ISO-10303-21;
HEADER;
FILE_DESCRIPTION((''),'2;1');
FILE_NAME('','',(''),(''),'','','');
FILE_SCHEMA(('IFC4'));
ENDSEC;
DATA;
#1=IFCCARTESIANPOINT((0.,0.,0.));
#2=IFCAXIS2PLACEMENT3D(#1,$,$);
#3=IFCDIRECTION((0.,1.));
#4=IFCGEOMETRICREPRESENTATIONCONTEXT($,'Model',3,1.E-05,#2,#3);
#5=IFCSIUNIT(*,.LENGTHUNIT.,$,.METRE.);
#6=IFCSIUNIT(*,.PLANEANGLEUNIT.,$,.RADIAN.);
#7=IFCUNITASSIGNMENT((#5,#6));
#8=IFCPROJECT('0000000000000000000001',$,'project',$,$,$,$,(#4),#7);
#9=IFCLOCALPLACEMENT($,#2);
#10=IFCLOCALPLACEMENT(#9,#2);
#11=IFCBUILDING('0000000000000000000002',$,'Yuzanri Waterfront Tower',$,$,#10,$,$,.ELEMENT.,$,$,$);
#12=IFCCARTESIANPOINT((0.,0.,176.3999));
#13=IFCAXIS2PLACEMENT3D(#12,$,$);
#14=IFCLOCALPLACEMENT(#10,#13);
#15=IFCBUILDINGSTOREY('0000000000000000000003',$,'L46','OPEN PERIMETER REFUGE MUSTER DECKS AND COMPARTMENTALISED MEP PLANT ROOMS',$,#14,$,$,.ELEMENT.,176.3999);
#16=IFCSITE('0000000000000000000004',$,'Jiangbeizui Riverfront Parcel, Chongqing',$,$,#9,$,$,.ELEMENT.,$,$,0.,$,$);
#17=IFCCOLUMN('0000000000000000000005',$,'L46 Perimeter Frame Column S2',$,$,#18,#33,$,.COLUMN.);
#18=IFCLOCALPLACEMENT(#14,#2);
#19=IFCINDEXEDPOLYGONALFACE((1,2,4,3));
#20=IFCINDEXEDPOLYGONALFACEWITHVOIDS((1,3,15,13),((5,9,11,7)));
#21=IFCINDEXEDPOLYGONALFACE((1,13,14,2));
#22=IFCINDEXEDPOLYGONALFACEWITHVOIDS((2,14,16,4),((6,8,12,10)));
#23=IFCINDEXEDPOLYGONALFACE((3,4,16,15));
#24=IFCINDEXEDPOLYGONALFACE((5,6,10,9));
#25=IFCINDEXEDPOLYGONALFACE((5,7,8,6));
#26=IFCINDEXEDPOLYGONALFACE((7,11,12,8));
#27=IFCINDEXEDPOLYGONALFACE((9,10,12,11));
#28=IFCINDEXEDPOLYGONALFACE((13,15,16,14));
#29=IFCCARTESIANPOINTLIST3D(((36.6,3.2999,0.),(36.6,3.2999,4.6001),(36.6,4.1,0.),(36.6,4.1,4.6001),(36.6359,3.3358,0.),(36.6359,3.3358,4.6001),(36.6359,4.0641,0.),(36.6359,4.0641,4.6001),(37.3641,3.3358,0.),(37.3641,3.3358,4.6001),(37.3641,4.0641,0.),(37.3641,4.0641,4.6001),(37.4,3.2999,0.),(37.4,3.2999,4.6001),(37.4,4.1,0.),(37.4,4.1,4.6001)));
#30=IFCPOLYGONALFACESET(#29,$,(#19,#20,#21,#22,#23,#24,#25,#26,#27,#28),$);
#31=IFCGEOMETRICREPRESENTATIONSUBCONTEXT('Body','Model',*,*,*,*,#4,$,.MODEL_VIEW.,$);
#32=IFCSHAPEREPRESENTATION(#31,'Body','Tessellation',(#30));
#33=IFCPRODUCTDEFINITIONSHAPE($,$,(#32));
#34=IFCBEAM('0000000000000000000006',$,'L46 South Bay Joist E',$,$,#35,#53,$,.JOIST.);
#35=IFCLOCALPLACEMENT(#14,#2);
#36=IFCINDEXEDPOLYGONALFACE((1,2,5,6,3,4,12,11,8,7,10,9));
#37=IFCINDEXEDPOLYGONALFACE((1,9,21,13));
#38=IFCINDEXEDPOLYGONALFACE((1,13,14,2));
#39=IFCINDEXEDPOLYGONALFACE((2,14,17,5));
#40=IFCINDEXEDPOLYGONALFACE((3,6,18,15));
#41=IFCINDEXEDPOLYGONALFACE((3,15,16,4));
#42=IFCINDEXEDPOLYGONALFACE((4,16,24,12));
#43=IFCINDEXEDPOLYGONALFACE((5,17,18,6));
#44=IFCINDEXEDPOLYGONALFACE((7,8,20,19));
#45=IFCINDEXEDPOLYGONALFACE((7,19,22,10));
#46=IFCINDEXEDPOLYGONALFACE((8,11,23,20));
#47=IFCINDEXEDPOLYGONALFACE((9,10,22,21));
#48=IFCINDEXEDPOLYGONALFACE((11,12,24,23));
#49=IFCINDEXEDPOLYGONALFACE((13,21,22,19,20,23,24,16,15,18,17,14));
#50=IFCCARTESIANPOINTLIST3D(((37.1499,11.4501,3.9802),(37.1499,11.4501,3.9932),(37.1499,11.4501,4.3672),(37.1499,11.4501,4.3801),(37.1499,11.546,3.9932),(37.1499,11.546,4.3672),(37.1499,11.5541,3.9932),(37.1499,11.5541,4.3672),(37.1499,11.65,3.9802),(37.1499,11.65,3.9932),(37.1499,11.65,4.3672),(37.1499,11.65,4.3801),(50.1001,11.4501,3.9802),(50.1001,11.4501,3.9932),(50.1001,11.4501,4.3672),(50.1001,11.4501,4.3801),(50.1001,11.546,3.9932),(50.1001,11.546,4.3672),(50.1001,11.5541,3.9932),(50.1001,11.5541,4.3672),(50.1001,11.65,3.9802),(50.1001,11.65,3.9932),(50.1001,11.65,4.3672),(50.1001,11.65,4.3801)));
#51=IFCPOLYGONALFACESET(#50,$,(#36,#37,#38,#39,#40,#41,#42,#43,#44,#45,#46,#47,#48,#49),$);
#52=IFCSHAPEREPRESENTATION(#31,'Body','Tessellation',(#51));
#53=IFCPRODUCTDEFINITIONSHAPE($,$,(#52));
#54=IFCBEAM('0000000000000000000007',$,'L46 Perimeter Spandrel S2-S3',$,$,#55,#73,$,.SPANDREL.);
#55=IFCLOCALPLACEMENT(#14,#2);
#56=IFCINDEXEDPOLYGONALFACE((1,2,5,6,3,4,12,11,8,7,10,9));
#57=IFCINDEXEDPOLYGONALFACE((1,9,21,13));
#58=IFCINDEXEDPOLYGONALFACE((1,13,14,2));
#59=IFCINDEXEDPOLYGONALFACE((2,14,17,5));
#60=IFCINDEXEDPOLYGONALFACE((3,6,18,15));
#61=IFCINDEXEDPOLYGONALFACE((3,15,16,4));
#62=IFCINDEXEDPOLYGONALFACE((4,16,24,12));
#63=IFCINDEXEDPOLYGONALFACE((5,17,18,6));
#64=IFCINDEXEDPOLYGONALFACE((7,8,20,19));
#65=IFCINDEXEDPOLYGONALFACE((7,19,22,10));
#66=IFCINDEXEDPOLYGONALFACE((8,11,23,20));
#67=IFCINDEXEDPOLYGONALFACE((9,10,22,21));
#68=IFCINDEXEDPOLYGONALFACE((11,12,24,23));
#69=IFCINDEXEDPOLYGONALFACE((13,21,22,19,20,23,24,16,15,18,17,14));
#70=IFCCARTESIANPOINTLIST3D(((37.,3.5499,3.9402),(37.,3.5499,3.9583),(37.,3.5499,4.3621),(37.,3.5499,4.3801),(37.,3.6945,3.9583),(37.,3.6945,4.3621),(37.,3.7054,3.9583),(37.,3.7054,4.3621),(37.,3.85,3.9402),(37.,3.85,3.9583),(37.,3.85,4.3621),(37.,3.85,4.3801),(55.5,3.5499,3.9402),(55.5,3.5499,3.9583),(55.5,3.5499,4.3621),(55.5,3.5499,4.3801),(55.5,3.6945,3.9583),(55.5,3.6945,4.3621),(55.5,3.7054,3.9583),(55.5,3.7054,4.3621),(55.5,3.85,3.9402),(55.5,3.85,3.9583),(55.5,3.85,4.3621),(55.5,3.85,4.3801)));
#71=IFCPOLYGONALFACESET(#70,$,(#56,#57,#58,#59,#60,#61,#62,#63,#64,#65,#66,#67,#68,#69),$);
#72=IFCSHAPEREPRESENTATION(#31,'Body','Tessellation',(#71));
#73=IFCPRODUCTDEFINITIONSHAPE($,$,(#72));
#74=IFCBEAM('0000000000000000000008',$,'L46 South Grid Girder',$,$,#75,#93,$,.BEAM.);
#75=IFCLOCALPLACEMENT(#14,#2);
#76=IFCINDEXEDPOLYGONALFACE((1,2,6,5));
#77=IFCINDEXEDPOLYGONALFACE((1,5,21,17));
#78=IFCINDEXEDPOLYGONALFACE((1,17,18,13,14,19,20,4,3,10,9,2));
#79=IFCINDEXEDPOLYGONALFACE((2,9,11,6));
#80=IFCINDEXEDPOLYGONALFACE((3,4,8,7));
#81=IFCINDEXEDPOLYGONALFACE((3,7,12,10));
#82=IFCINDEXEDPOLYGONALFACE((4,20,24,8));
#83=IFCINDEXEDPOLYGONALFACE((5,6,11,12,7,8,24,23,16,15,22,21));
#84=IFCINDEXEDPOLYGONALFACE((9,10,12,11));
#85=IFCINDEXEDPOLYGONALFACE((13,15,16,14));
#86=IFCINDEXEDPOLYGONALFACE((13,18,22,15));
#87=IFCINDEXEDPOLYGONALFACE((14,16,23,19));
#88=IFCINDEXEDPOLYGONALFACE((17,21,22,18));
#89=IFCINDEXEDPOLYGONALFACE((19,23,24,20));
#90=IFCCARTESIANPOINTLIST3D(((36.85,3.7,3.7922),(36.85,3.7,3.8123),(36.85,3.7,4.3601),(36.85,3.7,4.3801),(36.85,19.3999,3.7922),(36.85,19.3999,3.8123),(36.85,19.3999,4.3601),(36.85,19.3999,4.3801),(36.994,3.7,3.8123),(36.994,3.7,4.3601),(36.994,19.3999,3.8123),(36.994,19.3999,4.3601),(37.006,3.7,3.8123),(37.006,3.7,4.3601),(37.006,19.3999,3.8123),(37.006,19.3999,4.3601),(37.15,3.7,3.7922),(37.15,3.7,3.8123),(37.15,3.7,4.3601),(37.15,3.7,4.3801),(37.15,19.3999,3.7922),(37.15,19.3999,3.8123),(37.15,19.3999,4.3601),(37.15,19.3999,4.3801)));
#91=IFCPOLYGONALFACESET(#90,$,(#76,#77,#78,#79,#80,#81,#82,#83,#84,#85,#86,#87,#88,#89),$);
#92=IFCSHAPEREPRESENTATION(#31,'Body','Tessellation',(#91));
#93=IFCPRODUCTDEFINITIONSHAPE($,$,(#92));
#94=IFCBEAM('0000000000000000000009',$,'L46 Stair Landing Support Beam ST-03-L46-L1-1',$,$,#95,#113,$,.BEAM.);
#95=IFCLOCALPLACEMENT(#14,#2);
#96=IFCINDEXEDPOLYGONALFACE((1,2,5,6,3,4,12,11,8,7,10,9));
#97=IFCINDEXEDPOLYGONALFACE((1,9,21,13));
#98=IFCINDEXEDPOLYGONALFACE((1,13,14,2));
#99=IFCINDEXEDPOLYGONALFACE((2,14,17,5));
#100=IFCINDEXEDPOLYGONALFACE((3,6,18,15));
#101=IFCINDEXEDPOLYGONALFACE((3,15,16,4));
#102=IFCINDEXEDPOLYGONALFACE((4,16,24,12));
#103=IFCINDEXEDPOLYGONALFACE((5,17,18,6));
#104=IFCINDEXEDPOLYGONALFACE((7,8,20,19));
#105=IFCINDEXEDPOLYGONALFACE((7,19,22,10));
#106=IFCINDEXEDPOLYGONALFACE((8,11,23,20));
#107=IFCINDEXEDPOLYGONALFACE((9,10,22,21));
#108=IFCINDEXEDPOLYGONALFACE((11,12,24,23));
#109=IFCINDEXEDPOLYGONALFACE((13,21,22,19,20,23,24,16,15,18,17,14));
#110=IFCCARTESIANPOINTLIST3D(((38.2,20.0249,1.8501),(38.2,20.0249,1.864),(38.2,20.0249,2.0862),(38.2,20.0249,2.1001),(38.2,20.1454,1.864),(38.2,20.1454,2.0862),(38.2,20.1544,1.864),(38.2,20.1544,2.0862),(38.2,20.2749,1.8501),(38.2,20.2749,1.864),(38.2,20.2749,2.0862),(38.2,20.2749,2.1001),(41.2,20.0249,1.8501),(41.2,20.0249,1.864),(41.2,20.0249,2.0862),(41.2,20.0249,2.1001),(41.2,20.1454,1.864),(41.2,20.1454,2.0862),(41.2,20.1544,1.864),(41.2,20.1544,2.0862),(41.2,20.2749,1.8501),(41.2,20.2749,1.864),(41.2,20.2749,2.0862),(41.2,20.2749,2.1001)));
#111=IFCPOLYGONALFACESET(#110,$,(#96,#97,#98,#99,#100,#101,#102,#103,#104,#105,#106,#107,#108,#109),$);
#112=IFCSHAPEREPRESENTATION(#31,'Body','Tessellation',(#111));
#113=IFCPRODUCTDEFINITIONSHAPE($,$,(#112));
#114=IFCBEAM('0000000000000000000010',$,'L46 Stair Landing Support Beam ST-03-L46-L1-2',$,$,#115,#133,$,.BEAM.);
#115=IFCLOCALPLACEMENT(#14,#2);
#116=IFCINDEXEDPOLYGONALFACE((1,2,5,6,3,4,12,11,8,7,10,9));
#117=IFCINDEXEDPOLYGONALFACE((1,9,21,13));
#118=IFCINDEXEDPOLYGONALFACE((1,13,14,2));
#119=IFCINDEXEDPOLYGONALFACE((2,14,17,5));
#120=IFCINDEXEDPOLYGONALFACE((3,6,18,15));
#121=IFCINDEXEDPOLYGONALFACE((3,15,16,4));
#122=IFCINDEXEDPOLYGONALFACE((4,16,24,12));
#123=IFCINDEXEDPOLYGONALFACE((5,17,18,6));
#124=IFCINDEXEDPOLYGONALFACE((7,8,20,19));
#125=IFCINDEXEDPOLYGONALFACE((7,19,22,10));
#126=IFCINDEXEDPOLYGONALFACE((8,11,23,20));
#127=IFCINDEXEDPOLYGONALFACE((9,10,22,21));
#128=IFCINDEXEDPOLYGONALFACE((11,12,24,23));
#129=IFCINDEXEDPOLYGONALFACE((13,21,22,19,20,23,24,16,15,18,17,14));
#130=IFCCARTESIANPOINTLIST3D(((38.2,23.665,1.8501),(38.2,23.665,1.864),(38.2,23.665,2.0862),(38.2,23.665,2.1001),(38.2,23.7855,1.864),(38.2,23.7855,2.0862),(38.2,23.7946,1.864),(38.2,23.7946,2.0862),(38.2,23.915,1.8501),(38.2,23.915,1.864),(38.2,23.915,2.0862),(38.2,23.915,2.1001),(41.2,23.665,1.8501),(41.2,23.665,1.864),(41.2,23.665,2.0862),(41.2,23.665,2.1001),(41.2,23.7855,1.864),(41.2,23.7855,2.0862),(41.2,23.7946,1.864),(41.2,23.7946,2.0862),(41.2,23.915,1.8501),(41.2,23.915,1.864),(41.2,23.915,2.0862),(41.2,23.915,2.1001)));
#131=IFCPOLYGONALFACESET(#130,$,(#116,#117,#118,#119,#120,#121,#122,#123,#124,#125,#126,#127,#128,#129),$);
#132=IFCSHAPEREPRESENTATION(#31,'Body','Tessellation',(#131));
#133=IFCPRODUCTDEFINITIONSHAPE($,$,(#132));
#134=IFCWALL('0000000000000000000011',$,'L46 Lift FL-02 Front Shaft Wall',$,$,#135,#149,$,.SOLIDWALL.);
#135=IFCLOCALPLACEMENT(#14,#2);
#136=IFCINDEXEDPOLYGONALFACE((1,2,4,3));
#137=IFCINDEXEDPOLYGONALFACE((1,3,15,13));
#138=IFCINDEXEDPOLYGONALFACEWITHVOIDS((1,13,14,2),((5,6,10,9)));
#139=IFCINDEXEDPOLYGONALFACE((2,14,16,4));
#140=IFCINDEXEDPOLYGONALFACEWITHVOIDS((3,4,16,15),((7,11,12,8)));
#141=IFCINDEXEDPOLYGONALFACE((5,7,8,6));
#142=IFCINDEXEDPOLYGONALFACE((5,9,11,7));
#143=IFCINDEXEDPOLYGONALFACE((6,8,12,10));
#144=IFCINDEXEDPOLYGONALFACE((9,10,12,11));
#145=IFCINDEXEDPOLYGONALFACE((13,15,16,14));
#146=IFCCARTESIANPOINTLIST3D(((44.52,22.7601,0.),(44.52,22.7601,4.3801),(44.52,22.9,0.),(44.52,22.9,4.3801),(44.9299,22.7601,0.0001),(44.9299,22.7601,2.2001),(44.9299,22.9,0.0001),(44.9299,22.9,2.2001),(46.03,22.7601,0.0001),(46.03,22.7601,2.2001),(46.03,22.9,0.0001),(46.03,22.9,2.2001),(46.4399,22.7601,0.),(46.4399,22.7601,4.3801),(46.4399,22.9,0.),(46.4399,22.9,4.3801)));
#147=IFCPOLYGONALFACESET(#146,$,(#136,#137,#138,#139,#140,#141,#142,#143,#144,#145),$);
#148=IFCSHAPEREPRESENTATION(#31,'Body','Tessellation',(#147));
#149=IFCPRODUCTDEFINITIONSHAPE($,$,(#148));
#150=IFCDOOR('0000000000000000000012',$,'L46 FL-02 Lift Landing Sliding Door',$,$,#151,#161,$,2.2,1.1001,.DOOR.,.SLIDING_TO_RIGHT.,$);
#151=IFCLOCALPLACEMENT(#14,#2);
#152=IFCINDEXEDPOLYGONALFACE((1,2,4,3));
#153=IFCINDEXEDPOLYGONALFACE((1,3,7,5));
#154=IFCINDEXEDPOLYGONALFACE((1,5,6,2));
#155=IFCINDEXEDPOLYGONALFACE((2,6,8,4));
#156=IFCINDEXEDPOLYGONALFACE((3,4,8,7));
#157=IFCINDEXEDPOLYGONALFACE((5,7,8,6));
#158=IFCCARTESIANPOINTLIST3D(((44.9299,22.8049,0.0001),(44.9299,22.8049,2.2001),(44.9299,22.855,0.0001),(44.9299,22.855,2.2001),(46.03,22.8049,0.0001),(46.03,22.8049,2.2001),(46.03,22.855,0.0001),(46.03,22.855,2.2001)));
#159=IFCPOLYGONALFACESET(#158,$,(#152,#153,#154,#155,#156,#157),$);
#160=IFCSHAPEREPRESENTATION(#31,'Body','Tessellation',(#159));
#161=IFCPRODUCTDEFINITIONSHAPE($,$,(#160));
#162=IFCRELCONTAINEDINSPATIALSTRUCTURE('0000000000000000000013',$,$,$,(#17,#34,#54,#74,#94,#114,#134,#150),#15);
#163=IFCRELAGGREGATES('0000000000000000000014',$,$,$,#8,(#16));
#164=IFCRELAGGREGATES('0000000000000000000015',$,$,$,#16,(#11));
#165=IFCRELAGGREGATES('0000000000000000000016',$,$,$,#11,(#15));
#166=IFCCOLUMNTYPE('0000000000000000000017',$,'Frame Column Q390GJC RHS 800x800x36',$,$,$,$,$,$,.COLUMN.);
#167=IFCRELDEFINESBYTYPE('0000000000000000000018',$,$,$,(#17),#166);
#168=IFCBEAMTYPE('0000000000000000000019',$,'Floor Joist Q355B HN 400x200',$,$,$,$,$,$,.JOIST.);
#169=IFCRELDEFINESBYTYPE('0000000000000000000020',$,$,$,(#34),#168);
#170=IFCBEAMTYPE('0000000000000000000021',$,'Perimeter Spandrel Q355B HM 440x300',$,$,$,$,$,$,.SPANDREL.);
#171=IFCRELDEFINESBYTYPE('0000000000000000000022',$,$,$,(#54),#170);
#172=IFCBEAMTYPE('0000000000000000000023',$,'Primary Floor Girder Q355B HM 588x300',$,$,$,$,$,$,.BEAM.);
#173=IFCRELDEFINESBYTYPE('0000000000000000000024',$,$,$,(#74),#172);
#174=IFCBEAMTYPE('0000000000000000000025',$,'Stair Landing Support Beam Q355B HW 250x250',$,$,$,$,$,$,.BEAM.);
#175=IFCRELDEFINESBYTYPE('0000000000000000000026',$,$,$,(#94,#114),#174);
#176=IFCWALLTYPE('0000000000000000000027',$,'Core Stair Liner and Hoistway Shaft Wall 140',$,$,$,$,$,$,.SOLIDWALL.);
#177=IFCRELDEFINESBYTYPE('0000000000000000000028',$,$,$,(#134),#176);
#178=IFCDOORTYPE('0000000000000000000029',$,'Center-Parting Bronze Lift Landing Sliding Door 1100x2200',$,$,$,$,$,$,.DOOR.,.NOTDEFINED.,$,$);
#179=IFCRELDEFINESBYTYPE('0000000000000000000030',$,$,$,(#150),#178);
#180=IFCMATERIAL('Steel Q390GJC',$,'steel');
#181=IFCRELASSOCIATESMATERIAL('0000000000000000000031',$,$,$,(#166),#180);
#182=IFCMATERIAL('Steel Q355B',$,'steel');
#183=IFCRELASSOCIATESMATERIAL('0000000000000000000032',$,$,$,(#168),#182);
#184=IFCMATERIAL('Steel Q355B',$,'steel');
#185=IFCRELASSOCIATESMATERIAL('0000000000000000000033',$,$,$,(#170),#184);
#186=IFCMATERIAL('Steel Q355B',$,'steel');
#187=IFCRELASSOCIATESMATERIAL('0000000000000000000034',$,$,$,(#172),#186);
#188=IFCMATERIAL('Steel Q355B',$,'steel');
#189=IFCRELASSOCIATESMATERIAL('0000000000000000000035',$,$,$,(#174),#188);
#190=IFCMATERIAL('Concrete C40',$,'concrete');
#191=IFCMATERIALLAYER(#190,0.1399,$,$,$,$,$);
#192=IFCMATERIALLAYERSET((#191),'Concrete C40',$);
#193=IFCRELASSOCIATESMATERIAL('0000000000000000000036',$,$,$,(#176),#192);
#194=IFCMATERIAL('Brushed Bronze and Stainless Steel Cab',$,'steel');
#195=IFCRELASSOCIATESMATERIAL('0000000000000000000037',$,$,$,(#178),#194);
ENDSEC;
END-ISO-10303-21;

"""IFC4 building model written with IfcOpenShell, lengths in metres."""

from ifc_helpers import new_model, si_unit, direction, frame, frame_2d, origin, origin_2d, place, context, subcontext, project, spatial, rectangle, hollow_rectangle, i_section, extrude, source, transform, mapped, material, layer, layer_set, material_profile, profile_set, type_object, element, fill, save


model = new_model("IFC4")

# Units and contexts
model_context = context("Model", 3, precision=1e-05, world=origin(), true_north=direction((0.0, 1.0)))
body_context = subcontext(model_context, "Body", "Model", "MODEL_VIEW")
ifc_project = project(units=[si_unit("LENGTHUNIT", "METRE"), si_unit("PLANEANGLEUNIT", "RADIAN")], contexts=[model_context])

# Site, building, storey
site_placement = place(None, origin())
site = spatial("IfcSite", under=ifc_project, at=site_placement, Name="Jiangbeizui Riverfront Parcel, Chongqing", CompositionType="ELEMENT", RefElevation=0.0)
building_placement = place(site_placement, origin())
building = spatial("IfcBuilding", under=site, at=building_placement, Name="Yuzanri Waterfront Tower", CompositionType="ELEMENT")
storey_placement = place(building_placement, frame((0.0, 0.0, 176.3999)))
storey = spatial("IfcBuildingStorey", under=building, at=storey_placement, Name="L46", Description="OPEN PERIMETER REFUGE MUSTER DECKS AND COMPARTMENTALISED MEP PLANT ROOMS", CompositionType="ELEMENT", Elevation=176.3999)

# Column
ifc_material_1 = material(Name="Steel Q390GJC", Category="steel")
ifc_material_profile_1 = material_profile(ifc_material_1, hollow_rectangle(XDim=0.8, YDim=0.8, WallThickness=0.0359, at=origin_2d()), Name="RHS 800x800x36")
ifc_profile_set_1 = profile_set([ifc_material_profile_1], Name="Steel Q390GJC")
column_type = type_object("IfcColumnType", Name="Frame Column Q390GJC RHS 800x800x36", PredefinedType="COLUMN", material=ifc_profile_set_1)
shared_shape_1 = source(origin(), body_context, "Body", "SweptSolid", [
    extrude(hollow_rectangle(XDim=0.8, YDim=0.8, WallThickness=0.0359, at=origin_2d()), origin(), (0.0, 0.0, 1.0), 4.6001),
])
column_placement = place(storey_placement, frame((37.0, 3.7, 0.0), z_axis=(0.0, 0.0, 1.0), x_axis=(1.0, 0.0, 0.0)))
element("IfcColumn", 1, at=column_placement, inside=storey, type_object=column_type, Name="L46 Perimeter Frame Column S2", PredefinedType="COLUMN", context=body_context, shape_type="MappedRepresentation", body=[
    mapped(shared_shape_1, transform((0.0, 0.0, 0.0), scale=1.0)),
])

# Beams
ifc_material_2 = material(Name="Steel Q355B", Category="steel")
ifc_material_profile_2 = material_profile(ifc_material_2, i_section(OverallWidth=0.2, OverallDepth=0.3999, WebThickness=0.0081, FlangeThickness=0.0129, at=origin_2d()), Name="HN 400x200x8x13")
ifc_profile_set_2 = profile_set([ifc_material_profile_2], Name="Steel Q355B")
beam_type_1 = type_object("IfcBeamType", Name="Floor Joist Q355B HN 400x200", PredefinedType="JOIST", material=ifc_profile_set_2)
shared_shape_2 = source(origin(), body_context, "Body", "SweptSolid", [
    extrude(i_section(OverallWidth=0.2, OverallDepth=0.3999, WebThickness=0.0081, FlangeThickness=0.0129, at=origin_2d()), origin(), (0.0, 0.0, 1.0), 12.9502),
])
beam_1_placement = place(storey_placement, frame((37.1499, 11.55, 4.1802), z_axis=(1.0, 0.0, 0.0), x_axis=(0.0, 1.0, 0.0)))
element("IfcBeam", 2, at=beam_1_placement, inside=storey, type_object=beam_type_1, Name="L46 South Bay Joist E", PredefinedType="JOIST", context=body_context, shape_type="MappedRepresentation", body=[
    mapped(shared_shape_2, transform((0.0, 0.0, 0.0), scale=1.0)),
])
ifc_material_3 = material(Name="Steel Q355B", Category="steel")
ifc_material_profile_3 = material_profile(ifc_material_3, i_section(OverallWidth=0.3, OverallDepth=0.4399, WebThickness=0.011, FlangeThickness=0.0181, at=origin_2d()), Name="HM 440x300x11x18")
ifc_profile_set_3 = profile_set([ifc_material_profile_3], Name="Steel Q355B")
beam_type_2 = type_object("IfcBeamType", Name="Perimeter Spandrel Q355B HM 440x300", PredefinedType="SPANDREL", material=ifc_profile_set_3)
shared_shape_3 = source(origin(), body_context, "Body", "SweptSolid", [
    extrude(i_section(OverallWidth=0.3, OverallDepth=0.4399, WebThickness=0.011, FlangeThickness=0.0181, at=origin_2d()), origin(), (0.0, 0.0, 1.0), 18.5),
])
beam_2_placement = place(storey_placement, frame((37.0, 3.7, 4.1602), z_axis=(1.0, 0.0, 0.0), x_axis=(0.0, 1.0, 0.0)))
element("IfcBeam", 3, at=beam_2_placement, inside=storey, type_object=beam_type_2, Name="L46 Perimeter Spandrel S2-S3", PredefinedType="SPANDREL", context=body_context, shape_type="MappedRepresentation", body=[
    mapped(shared_shape_3, transform((0.0, 0.0, 0.0), scale=1.0)),
])
ifc_material_4 = material(Name="Steel Q355B", Category="steel")
ifc_material_profile_4 = material_profile(ifc_material_4, i_section(OverallWidth=0.3, OverallDepth=0.5879, WebThickness=0.012, FlangeThickness=0.02, at=origin_2d()), Name="HM 588x300x12x20")
ifc_profile_set_4 = profile_set([ifc_material_profile_4], Name="Steel Q355B")
beam_type_3 = type_object("IfcBeamType", Name="Primary Floor Girder Q355B HM 588x300", PredefinedType="BEAM", material=ifc_profile_set_4)
shared_shape_4 = source(origin(), body_context, "Body", "SweptSolid", [
    extrude(i_section(OverallWidth=0.3, OverallDepth=0.5879, WebThickness=0.012, FlangeThickness=0.02, at=origin_2d()), origin(), (0.0, 0.0, 1.0), 15.7),
])
beam_3_placement = place(storey_placement, frame((37.0, 19.3999, 4.0862), z_axis=(0.0, -1.0, 0.0), x_axis=(1.0, 0.0, 0.0)))
element("IfcBeam", 4, at=beam_3_placement, inside=storey, type_object=beam_type_3, Name="L46 South Grid Girder", PredefinedType="BEAM", context=body_context, shape_type="MappedRepresentation", body=[
    mapped(shared_shape_4, transform((0.0, 0.0, 0.0), scale=1.0)),
])
ifc_material_5 = material(Name="Steel Q355B", Category="steel")
ifc_material_profile_5 = material_profile(ifc_material_5, i_section(OverallWidth=0.25, OverallDepth=0.25, WebThickness=0.009, FlangeThickness=0.0139, at=origin_2d()), Name="HW 250x250x9x14")
ifc_profile_set_5 = profile_set([ifc_material_profile_5], Name="Steel Q355B")
beam_type_4 = type_object("IfcBeamType", Name="Stair Landing Support Beam Q355B HW 250x250", PredefinedType="BEAM", material=ifc_profile_set_5)
shared_shape_5 = source(origin(), body_context, "Body", "SweptSolid", [
    extrude(i_section(OverallWidth=0.25, OverallDepth=0.25, WebThickness=0.009, FlangeThickness=0.0139, at=origin_2d()), origin(), (0.0, 0.0, 1.0), 3.0),
])
for number, where, z_axis, x_axis, name in (
    (5, (38.2, 20.1499, 1.9751), (1.0, 0.0, 0.0), (0.0, 1.0, 0.0), "L46 Stair Landing Support Beam ST-03-L46-L1-1"),
    (6, (38.2, 23.79, 1.9751), (1.0, 0.0, 0.0), (0.0, 1.0, 0.0), "L46 Stair Landing Support Beam ST-03-L46-L1-2"),
):
    element("IfcBeam", number, at=place(storey_placement, frame(where, z_axis=z_axis, x_axis=x_axis)), inside=storey, type_object=beam_type_4, Name=name, PredefinedType="BEAM", context=body_context, shape_type="MappedRepresentation", body=[
        mapped(shared_shape_5, transform((0.0, 0.0, 0.0), scale=1.0)),
    ])

# Wall, opening, door
ifc_material_6 = material(Name="Concrete C40", Category="concrete")
ifc_layer_1 = layer(ifc_material_6, 0.1399)
ifc_layer_set_1 = layer_set([ifc_layer_1], Name="Concrete C40")
wall_type_1 = type_object("IfcWallType", Name="Core Stair Liner and Hoistway Shaft Wall 140", PredefinedType="SOLIDWALL", material=ifc_layer_set_1)
wall_1_placement = place(storey_placement, frame((44.52, 22.8301, 0.0), z_axis=(0.0, 0.0, 1.0), x_axis=(1.0, 0.0, 0.0)))
wall_1 = element("IfcWall", 7, at=wall_1_placement, inside=storey, type_object=wall_type_1, Name="L46 Lift FL-02 Front Shaft Wall", PredefinedType="SOLIDWALL", context=body_context, shape_type="SweptSolid", body=[
    extrude(rectangle(XDim=1.9199, YDim=0.1399, at=frame_2d((0.96, 0.0))), origin(), (0.0, 0.0, 1.0), 4.3801),
])
opening_1_placement = place(wall_1_placement, frame((0.4099, 0.0, 0.0)))
opening_1 = element("IfcOpeningElement", 8, at=opening_1_placement, cuts=wall_1, PredefinedType="OPENING", context=body_context, shape_type="SweptSolid", body=[
    extrude(rectangle(XDim=1.1001, YDim=2.2, at=frame_2d((0.55, 1.1001))), frame((0.0, 0.085, 0.0), z_axis=(0.0, -1.0, 0.0), x_axis=(1.0, 0.0, 0.0)), (0.0, 0.0, 1.0), 0.1697),
])
ifc_material_7 = material(Name="Brushed Bronze and Stainless Steel Cab", Category="steel")
door_type_1 = type_object("IfcDoorType", Name="Center-Parting Bronze Lift Landing Sliding Door 1100x2200", OperationType="NOTDEFINED", PredefinedType="DOOR", material=ifc_material_7)
shared_shape_6 = source(origin(), body_context, "Body", "SweptSolid", [
    extrude(rectangle(XDim=1.1001, YDim=2.2, at=frame_2d((0.55, 1.1001))), frame((0.0, 0.0249, 0.0), z_axis=(0.0, -1.0, 0.0), x_axis=(1.0, 0.0, 0.0)), (0.0, 0.0, 1.0), 0.05),
])
door_1_placement = place(opening_1_placement, origin())
door_1 = element("IfcDoor", 9, at=door_1_placement, inside=storey, type_object=door_type_1, Name="L46 FL-02 Lift Landing Sliding Door", OperationType="SLIDING_TO_RIGHT", OverallHeight=2.2, OverallWidth=1.1001, PredefinedType="DOOR", context=body_context, shape_type="MappedRepresentation", body=[
    mapped(shared_shape_6, transform((0.0, 0.0, 0.0), scale=1.0)),
])
fill(opening_1, door_1)

save(model, "model.ifc")
